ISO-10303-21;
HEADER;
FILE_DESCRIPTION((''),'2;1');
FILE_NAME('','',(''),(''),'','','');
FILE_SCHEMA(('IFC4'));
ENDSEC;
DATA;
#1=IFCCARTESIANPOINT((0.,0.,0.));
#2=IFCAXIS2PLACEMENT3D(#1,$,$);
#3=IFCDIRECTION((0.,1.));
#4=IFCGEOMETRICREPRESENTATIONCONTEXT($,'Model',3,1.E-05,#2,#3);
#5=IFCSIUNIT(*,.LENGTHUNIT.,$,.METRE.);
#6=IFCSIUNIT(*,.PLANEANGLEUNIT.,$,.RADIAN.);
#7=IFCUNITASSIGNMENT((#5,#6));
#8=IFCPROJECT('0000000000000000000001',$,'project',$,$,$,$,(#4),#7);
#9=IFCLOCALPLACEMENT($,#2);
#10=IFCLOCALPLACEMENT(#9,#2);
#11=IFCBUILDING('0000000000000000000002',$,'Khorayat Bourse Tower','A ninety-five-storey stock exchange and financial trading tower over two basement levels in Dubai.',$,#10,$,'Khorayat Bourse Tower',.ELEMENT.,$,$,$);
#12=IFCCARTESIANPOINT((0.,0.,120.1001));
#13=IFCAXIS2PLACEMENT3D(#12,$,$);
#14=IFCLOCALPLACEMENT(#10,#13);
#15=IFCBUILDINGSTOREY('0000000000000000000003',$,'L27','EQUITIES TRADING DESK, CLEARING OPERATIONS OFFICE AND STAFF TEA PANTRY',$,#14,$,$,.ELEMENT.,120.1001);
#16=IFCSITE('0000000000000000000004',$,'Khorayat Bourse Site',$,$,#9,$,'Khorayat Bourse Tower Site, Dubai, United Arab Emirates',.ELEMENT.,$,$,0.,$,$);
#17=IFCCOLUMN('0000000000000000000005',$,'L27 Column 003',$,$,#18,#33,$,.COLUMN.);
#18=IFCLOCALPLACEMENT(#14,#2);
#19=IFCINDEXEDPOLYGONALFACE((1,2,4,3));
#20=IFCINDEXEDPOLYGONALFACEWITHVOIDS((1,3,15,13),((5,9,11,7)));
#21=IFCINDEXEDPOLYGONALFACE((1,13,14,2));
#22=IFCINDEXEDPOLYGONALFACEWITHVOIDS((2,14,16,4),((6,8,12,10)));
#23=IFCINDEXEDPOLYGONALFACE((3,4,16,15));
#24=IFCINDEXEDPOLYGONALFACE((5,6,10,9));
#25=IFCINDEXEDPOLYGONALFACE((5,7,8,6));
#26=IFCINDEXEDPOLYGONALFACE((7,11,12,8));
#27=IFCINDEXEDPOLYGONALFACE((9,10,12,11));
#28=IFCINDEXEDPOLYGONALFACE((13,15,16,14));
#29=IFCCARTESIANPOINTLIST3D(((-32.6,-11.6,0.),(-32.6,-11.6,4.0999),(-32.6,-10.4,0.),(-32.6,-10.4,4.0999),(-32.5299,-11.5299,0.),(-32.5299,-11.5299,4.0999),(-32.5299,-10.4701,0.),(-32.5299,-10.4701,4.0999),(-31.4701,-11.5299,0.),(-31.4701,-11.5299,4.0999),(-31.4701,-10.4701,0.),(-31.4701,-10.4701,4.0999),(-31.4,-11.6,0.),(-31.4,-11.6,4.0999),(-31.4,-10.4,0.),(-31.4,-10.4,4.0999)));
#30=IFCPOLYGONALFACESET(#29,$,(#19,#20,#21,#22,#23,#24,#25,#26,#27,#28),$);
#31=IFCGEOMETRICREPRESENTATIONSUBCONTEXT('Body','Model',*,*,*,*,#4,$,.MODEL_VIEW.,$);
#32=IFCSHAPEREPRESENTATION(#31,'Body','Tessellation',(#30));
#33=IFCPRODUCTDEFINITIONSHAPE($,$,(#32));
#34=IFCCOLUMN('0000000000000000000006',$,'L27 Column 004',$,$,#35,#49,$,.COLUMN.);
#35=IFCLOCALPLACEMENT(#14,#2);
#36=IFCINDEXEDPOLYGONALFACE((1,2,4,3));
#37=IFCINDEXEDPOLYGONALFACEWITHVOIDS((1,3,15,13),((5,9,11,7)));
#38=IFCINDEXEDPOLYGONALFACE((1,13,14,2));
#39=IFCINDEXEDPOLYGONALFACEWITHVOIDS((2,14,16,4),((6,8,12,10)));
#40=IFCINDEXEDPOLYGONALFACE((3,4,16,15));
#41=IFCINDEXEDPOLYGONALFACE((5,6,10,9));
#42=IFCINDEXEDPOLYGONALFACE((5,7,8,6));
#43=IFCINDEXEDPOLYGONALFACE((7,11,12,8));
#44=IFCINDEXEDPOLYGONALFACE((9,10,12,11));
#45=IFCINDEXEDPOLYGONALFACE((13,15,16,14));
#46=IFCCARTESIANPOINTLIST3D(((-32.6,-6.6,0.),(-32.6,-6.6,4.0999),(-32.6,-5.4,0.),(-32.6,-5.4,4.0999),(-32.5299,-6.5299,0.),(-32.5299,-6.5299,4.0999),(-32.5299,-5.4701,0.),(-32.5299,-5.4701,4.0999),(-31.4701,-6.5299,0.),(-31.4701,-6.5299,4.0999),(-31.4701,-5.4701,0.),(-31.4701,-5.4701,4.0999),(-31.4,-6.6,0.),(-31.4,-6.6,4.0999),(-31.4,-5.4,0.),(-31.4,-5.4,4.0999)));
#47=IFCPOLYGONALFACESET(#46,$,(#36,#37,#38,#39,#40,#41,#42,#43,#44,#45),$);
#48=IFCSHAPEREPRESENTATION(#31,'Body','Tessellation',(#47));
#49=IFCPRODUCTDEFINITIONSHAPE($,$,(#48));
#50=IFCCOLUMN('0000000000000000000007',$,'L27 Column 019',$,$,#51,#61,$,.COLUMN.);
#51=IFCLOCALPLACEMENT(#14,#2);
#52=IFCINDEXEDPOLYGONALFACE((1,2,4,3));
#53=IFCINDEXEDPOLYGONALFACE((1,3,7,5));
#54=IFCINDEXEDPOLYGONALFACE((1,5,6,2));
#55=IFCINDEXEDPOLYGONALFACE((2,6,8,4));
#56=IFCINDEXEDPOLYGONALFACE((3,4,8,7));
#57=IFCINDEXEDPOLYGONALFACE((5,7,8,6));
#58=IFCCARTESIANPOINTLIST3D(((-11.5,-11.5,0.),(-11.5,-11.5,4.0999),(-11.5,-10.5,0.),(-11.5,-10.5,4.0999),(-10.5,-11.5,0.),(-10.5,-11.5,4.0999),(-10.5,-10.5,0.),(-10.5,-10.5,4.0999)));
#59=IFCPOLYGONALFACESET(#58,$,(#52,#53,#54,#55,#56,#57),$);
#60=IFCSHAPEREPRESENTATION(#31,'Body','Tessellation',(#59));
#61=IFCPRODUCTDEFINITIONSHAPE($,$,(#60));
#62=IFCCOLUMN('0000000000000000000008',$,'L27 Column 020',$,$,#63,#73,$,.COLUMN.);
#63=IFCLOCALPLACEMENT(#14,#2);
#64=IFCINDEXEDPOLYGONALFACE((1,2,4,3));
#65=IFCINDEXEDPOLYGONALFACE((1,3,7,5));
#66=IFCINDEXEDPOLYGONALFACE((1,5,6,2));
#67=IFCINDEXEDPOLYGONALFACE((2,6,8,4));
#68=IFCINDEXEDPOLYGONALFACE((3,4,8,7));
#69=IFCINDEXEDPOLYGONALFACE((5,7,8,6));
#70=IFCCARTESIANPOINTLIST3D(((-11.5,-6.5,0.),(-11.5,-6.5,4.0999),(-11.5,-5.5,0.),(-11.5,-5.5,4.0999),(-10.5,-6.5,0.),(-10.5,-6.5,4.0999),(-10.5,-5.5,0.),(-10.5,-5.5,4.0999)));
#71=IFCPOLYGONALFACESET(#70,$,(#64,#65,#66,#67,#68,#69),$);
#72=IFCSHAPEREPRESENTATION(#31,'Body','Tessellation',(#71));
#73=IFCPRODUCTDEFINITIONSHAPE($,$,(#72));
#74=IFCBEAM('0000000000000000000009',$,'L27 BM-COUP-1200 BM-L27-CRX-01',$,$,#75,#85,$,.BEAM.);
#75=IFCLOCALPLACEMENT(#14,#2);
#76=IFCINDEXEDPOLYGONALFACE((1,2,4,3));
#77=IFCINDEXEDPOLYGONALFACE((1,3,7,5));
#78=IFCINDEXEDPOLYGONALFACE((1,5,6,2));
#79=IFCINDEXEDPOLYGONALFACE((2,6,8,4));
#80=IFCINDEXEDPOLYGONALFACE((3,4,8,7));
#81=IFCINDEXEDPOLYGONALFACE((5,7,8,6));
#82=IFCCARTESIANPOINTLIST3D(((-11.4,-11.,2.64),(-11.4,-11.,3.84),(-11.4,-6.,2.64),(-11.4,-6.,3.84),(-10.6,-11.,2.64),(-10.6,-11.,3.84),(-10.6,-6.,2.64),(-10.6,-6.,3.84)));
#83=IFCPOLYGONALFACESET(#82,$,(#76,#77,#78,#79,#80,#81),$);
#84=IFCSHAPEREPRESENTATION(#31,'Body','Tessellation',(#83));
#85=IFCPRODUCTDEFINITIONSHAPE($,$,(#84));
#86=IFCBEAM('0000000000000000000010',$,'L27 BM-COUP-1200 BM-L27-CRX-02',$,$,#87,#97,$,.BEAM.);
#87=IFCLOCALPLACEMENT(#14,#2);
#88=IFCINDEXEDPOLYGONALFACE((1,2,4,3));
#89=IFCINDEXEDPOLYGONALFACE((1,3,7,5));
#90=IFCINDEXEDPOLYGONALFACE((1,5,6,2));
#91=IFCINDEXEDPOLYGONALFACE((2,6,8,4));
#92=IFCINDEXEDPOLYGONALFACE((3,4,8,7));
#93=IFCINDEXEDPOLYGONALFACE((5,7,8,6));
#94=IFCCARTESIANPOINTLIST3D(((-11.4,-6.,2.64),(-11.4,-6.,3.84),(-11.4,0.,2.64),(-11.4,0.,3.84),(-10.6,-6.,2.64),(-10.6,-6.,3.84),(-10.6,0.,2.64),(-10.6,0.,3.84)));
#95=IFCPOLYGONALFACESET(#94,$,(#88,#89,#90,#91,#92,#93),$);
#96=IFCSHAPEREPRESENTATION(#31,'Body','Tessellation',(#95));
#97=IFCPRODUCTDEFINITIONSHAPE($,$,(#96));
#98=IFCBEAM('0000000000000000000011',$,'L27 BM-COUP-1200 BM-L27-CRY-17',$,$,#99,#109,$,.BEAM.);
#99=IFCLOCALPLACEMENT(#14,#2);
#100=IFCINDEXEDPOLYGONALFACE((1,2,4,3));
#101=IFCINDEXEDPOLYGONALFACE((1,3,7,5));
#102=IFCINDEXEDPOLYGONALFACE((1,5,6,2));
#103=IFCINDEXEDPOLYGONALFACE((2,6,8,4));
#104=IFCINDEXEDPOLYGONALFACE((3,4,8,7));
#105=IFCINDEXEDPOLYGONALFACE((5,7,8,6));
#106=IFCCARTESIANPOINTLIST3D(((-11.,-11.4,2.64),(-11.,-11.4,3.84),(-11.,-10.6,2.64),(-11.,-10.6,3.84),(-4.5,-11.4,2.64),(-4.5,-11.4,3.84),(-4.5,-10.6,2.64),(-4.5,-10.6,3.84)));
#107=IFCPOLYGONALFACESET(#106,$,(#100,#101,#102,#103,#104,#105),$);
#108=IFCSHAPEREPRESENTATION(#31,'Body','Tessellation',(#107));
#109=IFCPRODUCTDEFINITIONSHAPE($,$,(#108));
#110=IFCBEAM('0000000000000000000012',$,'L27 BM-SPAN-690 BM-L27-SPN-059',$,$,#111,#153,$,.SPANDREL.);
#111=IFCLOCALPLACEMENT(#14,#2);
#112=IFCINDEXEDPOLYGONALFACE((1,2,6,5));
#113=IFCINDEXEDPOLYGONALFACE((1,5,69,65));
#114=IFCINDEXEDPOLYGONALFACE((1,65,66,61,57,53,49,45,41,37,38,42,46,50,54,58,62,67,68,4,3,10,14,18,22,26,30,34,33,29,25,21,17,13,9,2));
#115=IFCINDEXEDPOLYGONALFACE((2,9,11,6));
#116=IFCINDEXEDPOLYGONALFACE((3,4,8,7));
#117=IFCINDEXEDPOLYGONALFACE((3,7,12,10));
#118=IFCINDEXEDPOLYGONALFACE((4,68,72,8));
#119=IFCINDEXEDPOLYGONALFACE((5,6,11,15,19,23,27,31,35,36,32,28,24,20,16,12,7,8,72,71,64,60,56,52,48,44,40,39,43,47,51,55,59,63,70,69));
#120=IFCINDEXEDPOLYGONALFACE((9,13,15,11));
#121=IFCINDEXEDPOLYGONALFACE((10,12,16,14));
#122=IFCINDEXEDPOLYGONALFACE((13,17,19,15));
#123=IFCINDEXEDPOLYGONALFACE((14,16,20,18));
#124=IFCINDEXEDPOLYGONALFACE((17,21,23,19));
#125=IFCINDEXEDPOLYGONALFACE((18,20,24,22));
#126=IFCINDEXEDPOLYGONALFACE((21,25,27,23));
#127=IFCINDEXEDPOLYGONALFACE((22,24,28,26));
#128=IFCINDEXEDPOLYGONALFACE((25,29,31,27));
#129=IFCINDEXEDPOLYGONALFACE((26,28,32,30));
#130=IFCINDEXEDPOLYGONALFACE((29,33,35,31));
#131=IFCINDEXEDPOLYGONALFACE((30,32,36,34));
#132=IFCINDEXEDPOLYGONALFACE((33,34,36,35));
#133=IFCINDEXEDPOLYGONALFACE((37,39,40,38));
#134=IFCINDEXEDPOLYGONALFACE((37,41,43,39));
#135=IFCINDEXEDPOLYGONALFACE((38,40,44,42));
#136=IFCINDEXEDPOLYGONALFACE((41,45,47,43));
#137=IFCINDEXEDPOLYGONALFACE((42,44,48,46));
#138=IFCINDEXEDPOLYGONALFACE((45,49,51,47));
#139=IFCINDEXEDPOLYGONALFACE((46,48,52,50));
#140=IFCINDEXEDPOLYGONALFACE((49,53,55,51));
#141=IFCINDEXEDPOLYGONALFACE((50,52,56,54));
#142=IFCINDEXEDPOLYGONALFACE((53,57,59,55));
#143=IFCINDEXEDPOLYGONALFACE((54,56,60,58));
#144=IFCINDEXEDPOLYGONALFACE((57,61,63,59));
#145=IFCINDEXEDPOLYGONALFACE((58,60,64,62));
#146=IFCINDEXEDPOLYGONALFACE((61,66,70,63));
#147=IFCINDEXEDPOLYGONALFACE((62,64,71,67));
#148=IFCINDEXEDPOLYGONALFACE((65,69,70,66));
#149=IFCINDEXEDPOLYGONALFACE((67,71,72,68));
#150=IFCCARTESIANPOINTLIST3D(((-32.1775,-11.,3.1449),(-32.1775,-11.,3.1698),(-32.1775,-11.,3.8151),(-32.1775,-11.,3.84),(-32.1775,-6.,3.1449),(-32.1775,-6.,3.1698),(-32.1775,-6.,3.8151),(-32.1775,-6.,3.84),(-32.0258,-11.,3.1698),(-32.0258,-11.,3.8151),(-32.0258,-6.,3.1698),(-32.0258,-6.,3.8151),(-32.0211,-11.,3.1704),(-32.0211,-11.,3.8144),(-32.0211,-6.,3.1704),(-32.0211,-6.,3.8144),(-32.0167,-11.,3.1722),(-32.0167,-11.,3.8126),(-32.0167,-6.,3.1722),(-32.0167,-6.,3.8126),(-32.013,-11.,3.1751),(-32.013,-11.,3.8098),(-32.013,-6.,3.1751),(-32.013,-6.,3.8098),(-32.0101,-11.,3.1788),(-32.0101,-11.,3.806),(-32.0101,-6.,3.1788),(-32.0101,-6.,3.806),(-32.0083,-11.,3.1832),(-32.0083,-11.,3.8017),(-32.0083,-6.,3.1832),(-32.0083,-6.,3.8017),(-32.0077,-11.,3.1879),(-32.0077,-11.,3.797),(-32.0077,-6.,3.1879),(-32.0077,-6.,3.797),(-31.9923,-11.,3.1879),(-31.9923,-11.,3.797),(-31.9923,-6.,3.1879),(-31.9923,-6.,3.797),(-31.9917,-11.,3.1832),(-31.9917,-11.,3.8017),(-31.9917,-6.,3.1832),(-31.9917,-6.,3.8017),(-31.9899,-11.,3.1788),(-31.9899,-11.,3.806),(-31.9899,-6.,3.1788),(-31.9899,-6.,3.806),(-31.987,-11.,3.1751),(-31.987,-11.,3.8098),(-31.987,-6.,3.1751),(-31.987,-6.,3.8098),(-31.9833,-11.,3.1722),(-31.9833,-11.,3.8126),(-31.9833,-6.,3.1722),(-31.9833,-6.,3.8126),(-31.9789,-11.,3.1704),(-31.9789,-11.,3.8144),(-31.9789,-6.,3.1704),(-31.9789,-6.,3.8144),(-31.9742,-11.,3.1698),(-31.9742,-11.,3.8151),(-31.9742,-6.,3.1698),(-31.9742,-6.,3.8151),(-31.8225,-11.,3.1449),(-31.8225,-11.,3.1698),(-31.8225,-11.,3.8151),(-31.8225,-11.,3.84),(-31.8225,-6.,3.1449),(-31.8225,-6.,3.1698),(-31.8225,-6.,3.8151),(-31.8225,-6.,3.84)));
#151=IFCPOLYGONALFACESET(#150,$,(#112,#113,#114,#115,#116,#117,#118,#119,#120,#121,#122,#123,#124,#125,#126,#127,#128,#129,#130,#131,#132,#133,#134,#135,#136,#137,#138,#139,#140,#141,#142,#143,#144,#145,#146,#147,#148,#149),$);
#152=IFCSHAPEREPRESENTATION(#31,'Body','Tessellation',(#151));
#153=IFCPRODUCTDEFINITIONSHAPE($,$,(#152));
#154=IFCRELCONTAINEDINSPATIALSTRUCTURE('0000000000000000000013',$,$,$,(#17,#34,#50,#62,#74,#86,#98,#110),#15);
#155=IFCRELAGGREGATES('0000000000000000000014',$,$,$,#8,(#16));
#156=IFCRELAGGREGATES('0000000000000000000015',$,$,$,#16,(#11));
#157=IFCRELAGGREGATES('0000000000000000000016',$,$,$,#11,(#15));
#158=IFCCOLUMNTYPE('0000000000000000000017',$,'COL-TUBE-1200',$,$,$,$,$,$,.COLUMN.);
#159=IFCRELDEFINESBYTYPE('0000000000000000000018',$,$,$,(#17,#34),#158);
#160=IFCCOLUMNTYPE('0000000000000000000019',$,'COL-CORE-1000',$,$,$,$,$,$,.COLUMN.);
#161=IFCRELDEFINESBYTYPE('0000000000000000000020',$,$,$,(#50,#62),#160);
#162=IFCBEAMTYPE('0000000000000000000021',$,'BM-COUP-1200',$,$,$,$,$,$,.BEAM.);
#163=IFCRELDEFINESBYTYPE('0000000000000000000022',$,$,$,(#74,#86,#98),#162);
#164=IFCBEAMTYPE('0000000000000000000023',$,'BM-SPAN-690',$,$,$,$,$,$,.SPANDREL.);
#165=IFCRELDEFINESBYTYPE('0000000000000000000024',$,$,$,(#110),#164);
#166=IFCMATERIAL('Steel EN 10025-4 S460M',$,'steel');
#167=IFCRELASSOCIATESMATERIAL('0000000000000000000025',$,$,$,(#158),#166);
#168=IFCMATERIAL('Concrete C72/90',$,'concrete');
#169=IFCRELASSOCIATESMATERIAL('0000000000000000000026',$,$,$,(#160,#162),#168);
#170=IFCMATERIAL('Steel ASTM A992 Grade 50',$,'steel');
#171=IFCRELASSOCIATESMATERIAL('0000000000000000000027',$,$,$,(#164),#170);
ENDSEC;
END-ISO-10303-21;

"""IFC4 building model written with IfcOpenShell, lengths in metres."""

from ifc_helpers import new_model, si_unit, direction, frame, origin, origin_2d, place, context, subcontext, project, spatial, rectangle, hollow_rectangle, i_section, extrude, source, transform, mapped, material, material_profile, profile_set, type_object, element, save


model = new_model("IFC4")

# Units and contexts
model_context = context("Model", 3, precision=1e-05, world=origin(), true_north=direction((0.0, 1.0)))
body_context = subcontext(model_context, "Body", "Model", "MODEL_VIEW")
ifc_project = project(units=[si_unit("LENGTHUNIT", "METRE"), si_unit("PLANEANGLEUNIT", "RADIAN")], contexts=[model_context])

# Site, building, storey
site_placement = place(None, origin())
site = spatial("IfcSite", under=ifc_project, at=site_placement, Name="Khorayat Bourse Site", LongName="Khorayat Bourse Tower Site, Dubai, United Arab Emirates", CompositionType="ELEMENT", RefElevation=0.0)
building_placement = place(site_placement, origin())
building = spatial("IfcBuilding", under=site, at=building_placement, Name="Khorayat Bourse Tower", Description="A ninety-five-storey stock exchange and financial trading tower over two basement levels in Dubai.", LongName="Khorayat Bourse Tower", CompositionType="ELEMENT")
storey_placement = place(building_placement, frame((0.0, 0.0, 120.1001)))
storey = spatial("IfcBuildingStorey", under=building, at=storey_placement, Name="L27", Description="EQUITIES TRADING DESK, CLEARING OPERATIONS OFFICE AND STAFF TEA PANTRY", CompositionType="ELEMENT", Elevation=120.1001)

# Columns
ifc_material_1 = material(Name="Steel EN 10025-4 S460M", Category="steel")
ifc_material_profile_1 = material_profile(ifc_material_1, hollow_rectangle(XDim=1.2, YDim=1.2, WallThickness=0.0701, at=origin_2d()), Name="BOX 1200x1200x70")
ifc_profile_set_1 = profile_set([ifc_material_profile_1], Name="Steel EN 10025-4 S460M")
column_type_1 = type_object("IfcColumnType", Name="COL-TUBE-1200", PredefinedType="COLUMN", material=ifc_profile_set_1)
shared_shape_1 = source(origin(), body_context, "Body", "SweptSolid", [
    extrude(hollow_rectangle(XDim=1.2, YDim=1.2, WallThickness=0.0701, at=origin_2d()), origin(), (0.0, 0.0, 1.0), 4.0999),
])
for number, where, z_axis, x_axis, name in (
    (1, (-32.0, -11.0, 0.0), (0.0, 0.0, 1.0), (1.0, 0.0, 0.0), "L27 Column 003"),
    (2, (-32.0, -6.0, 0.0), (0.0, 0.0, 1.0), (1.0, 0.0, 0.0), "L27 Column 004"),
):
    element("IfcColumn", number, at=place(storey_placement, frame(where, z_axis=z_axis, x_axis=x_axis)), inside=storey, type_object=column_type_1, Name=name, PredefinedType="COLUMN", context=body_context, shape_type="MappedRepresentation", body=[
        mapped(shared_shape_1, transform((0.0, 0.0, 0.0), scale=1.0)),
    ])
ifc_material_2 = material(Name="Concrete C72/90", Category="concrete")
ifc_material_profile_2 = material_profile(ifc_material_2, rectangle(XDim=1.0, YDim=1.0, at=origin_2d()), Name="RC 1000x1000")
ifc_profile_set_2 = profile_set([ifc_material_profile_2], Name="Concrete C72/90")
column_type_2 = type_object("IfcColumnType", Name="COL-CORE-1000", PredefinedType="COLUMN", material=ifc_profile_set_2)
shared_shape_2 = source(origin(), body_context, "Body", "SweptSolid", [
    extrude(rectangle(XDim=1.0, YDim=1.0, at=origin_2d()), origin(), (0.0, 0.0, 1.0), 4.0999),
])
for number, where, z_axis, x_axis, name in (
    (3, (-11.0, -11.0, 0.0), (0.0, 0.0, 1.0), (1.0, 0.0, 0.0), "L27 Column 019"),
    (4, (-11.0, -6.0, 0.0), (0.0, 0.0, 1.0), (1.0, 0.0, 0.0), "L27 Column 020"),
):
    element("IfcColumn", number, at=place(storey_placement, frame(where, z_axis=z_axis, x_axis=x_axis)), inside=storey, type_object=column_type_2, Name=name, PredefinedType="COLUMN", context=body_context, shape_type="MappedRepresentation", body=[
        mapped(shared_shape_2, transform((0.0, 0.0, 0.0), scale=1.0)),
    ])

# Beams
ifc_material_profile_3 = material_profile(ifc_material_2, rectangle(XDim=0.8, YDim=1.2, at=origin_2d()), Name="RC 800x1200")
ifc_profile_set_3 = profile_set([ifc_material_profile_3], Name="Concrete C72/90")
beam_type_1 = type_object("IfcBeamType", Name="BM-COUP-1200", PredefinedType="BEAM", material=ifc_profile_set_3)
shared_shape_3 = source(origin(), body_context, "Body", "SweptSolid", [
    extrude(rectangle(XDim=0.8, YDim=1.2, at=origin_2d()), origin(), (0.0, 0.0, 1.0), 5.0),
])
beam_1_placement = place(storey_placement, frame((-11.0, -11.0, 3.24), z_axis=(0.0, 1.0, 0.0), x_axis=(-1.0, 0.0, 0.0)))
element("IfcBeam", 5, at=beam_1_placement, inside=storey, type_object=beam_type_1, Name="L27 BM-COUP-1200 BM-L27-CRX-01", PredefinedType="BEAM", context=body_context, shape_type="MappedRepresentation", body=[
    mapped(shared_shape_3, transform((0.0, 0.0, 0.0), scale=1.0)),
])
shared_shape_4 = source(origin(), body_context, "Body", "SweptSolid", [
    extrude(rectangle(XDim=0.8, YDim=1.2, at=origin_2d()), origin(), (0.0, 0.0, 1.0), 6.0),
])
beam_2_placement = place(storey_placement, frame((-11.0, -6.0, 3.24), z_axis=(0.0, 1.0, 0.0), x_axis=(-1.0, 0.0, 0.0)))
element("IfcBeam", 6, at=beam_2_placement, inside=storey, type_object=beam_type_1, Name="L27 BM-COUP-1200 BM-L27-CRX-02", PredefinedType="BEAM", context=body_context, shape_type="MappedRepresentation", body=[
    mapped(shared_shape_4, transform((0.0, 0.0, 0.0), scale=1.0)),
])
shared_shape_5 = source(origin(), body_context, "Body", "SweptSolid", [
    extrude(rectangle(XDim=0.8, YDim=1.2, at=origin_2d()), origin(), (0.0, 0.0, 1.0), 6.5),
])
beam_3_placement = place(storey_placement, frame((-11.0, -11.0, 3.24), z_axis=(1.0, 0.0, 0.0), x_axis=(0.0, 1.0, 0.0)))
element("IfcBeam", 7, at=beam_3_placement, inside=storey, type_object=beam_type_1, Name="L27 BM-COUP-1200 BM-L27-CRY-17", PredefinedType="BEAM", context=body_context, shape_type="MappedRepresentation", body=[
    mapped(shared_shape_5, transform((0.0, 0.0, 0.0), scale=1.0)),
])
ifc_material_3 = material(Name="Steel ASTM A992 Grade 50", Category="steel")
ifc_material_profile_4 = material_profile(ifc_material_3, i_section(OverallWidth=0.355, OverallDepth=0.6951, WebThickness=0.0154, FlangeThickness=0.0249, FilletRadius=0.0181, at=origin_2d()), Name="W690X217")
ifc_profile_set_4 = profile_set([ifc_material_profile_4], Name="Steel ASTM A992 Grade 50")
beam_type_2 = type_object("IfcBeamType", Name="BM-SPAN-690", PredefinedType="SPANDREL", material=ifc_profile_set_4)
shared_shape_6 = source(origin(), body_context, "Body", "SweptSolid", [
    extrude(i_section(OverallWidth=0.355, OverallDepth=0.6951, WebThickness=0.0154, FlangeThickness=0.0249, FilletRadius=0.0181, at=origin_2d()), origin(), (0.0, 0.0, 1.0), 5.0),
])
beam_4_placement = place(storey_placement, frame((-32.0, -11.0, 3.4924), z_axis=(0.0, 1.0, 0.0), x_axis=(-1.0, 0.0, 0.0)))
element("IfcBeam", 8, at=beam_4_placement, inside=storey, type_object=beam_type_2, Name="L27 BM-SPAN-690 BM-L27-SPN-059", PredefinedType="SPANDREL", context=body_context, shape_type="MappedRepresentation", body=[
    mapped(shared_shape_6, transform((0.0, 0.0, 0.0), scale=1.0)),
])

save(model, "model.ifc")
